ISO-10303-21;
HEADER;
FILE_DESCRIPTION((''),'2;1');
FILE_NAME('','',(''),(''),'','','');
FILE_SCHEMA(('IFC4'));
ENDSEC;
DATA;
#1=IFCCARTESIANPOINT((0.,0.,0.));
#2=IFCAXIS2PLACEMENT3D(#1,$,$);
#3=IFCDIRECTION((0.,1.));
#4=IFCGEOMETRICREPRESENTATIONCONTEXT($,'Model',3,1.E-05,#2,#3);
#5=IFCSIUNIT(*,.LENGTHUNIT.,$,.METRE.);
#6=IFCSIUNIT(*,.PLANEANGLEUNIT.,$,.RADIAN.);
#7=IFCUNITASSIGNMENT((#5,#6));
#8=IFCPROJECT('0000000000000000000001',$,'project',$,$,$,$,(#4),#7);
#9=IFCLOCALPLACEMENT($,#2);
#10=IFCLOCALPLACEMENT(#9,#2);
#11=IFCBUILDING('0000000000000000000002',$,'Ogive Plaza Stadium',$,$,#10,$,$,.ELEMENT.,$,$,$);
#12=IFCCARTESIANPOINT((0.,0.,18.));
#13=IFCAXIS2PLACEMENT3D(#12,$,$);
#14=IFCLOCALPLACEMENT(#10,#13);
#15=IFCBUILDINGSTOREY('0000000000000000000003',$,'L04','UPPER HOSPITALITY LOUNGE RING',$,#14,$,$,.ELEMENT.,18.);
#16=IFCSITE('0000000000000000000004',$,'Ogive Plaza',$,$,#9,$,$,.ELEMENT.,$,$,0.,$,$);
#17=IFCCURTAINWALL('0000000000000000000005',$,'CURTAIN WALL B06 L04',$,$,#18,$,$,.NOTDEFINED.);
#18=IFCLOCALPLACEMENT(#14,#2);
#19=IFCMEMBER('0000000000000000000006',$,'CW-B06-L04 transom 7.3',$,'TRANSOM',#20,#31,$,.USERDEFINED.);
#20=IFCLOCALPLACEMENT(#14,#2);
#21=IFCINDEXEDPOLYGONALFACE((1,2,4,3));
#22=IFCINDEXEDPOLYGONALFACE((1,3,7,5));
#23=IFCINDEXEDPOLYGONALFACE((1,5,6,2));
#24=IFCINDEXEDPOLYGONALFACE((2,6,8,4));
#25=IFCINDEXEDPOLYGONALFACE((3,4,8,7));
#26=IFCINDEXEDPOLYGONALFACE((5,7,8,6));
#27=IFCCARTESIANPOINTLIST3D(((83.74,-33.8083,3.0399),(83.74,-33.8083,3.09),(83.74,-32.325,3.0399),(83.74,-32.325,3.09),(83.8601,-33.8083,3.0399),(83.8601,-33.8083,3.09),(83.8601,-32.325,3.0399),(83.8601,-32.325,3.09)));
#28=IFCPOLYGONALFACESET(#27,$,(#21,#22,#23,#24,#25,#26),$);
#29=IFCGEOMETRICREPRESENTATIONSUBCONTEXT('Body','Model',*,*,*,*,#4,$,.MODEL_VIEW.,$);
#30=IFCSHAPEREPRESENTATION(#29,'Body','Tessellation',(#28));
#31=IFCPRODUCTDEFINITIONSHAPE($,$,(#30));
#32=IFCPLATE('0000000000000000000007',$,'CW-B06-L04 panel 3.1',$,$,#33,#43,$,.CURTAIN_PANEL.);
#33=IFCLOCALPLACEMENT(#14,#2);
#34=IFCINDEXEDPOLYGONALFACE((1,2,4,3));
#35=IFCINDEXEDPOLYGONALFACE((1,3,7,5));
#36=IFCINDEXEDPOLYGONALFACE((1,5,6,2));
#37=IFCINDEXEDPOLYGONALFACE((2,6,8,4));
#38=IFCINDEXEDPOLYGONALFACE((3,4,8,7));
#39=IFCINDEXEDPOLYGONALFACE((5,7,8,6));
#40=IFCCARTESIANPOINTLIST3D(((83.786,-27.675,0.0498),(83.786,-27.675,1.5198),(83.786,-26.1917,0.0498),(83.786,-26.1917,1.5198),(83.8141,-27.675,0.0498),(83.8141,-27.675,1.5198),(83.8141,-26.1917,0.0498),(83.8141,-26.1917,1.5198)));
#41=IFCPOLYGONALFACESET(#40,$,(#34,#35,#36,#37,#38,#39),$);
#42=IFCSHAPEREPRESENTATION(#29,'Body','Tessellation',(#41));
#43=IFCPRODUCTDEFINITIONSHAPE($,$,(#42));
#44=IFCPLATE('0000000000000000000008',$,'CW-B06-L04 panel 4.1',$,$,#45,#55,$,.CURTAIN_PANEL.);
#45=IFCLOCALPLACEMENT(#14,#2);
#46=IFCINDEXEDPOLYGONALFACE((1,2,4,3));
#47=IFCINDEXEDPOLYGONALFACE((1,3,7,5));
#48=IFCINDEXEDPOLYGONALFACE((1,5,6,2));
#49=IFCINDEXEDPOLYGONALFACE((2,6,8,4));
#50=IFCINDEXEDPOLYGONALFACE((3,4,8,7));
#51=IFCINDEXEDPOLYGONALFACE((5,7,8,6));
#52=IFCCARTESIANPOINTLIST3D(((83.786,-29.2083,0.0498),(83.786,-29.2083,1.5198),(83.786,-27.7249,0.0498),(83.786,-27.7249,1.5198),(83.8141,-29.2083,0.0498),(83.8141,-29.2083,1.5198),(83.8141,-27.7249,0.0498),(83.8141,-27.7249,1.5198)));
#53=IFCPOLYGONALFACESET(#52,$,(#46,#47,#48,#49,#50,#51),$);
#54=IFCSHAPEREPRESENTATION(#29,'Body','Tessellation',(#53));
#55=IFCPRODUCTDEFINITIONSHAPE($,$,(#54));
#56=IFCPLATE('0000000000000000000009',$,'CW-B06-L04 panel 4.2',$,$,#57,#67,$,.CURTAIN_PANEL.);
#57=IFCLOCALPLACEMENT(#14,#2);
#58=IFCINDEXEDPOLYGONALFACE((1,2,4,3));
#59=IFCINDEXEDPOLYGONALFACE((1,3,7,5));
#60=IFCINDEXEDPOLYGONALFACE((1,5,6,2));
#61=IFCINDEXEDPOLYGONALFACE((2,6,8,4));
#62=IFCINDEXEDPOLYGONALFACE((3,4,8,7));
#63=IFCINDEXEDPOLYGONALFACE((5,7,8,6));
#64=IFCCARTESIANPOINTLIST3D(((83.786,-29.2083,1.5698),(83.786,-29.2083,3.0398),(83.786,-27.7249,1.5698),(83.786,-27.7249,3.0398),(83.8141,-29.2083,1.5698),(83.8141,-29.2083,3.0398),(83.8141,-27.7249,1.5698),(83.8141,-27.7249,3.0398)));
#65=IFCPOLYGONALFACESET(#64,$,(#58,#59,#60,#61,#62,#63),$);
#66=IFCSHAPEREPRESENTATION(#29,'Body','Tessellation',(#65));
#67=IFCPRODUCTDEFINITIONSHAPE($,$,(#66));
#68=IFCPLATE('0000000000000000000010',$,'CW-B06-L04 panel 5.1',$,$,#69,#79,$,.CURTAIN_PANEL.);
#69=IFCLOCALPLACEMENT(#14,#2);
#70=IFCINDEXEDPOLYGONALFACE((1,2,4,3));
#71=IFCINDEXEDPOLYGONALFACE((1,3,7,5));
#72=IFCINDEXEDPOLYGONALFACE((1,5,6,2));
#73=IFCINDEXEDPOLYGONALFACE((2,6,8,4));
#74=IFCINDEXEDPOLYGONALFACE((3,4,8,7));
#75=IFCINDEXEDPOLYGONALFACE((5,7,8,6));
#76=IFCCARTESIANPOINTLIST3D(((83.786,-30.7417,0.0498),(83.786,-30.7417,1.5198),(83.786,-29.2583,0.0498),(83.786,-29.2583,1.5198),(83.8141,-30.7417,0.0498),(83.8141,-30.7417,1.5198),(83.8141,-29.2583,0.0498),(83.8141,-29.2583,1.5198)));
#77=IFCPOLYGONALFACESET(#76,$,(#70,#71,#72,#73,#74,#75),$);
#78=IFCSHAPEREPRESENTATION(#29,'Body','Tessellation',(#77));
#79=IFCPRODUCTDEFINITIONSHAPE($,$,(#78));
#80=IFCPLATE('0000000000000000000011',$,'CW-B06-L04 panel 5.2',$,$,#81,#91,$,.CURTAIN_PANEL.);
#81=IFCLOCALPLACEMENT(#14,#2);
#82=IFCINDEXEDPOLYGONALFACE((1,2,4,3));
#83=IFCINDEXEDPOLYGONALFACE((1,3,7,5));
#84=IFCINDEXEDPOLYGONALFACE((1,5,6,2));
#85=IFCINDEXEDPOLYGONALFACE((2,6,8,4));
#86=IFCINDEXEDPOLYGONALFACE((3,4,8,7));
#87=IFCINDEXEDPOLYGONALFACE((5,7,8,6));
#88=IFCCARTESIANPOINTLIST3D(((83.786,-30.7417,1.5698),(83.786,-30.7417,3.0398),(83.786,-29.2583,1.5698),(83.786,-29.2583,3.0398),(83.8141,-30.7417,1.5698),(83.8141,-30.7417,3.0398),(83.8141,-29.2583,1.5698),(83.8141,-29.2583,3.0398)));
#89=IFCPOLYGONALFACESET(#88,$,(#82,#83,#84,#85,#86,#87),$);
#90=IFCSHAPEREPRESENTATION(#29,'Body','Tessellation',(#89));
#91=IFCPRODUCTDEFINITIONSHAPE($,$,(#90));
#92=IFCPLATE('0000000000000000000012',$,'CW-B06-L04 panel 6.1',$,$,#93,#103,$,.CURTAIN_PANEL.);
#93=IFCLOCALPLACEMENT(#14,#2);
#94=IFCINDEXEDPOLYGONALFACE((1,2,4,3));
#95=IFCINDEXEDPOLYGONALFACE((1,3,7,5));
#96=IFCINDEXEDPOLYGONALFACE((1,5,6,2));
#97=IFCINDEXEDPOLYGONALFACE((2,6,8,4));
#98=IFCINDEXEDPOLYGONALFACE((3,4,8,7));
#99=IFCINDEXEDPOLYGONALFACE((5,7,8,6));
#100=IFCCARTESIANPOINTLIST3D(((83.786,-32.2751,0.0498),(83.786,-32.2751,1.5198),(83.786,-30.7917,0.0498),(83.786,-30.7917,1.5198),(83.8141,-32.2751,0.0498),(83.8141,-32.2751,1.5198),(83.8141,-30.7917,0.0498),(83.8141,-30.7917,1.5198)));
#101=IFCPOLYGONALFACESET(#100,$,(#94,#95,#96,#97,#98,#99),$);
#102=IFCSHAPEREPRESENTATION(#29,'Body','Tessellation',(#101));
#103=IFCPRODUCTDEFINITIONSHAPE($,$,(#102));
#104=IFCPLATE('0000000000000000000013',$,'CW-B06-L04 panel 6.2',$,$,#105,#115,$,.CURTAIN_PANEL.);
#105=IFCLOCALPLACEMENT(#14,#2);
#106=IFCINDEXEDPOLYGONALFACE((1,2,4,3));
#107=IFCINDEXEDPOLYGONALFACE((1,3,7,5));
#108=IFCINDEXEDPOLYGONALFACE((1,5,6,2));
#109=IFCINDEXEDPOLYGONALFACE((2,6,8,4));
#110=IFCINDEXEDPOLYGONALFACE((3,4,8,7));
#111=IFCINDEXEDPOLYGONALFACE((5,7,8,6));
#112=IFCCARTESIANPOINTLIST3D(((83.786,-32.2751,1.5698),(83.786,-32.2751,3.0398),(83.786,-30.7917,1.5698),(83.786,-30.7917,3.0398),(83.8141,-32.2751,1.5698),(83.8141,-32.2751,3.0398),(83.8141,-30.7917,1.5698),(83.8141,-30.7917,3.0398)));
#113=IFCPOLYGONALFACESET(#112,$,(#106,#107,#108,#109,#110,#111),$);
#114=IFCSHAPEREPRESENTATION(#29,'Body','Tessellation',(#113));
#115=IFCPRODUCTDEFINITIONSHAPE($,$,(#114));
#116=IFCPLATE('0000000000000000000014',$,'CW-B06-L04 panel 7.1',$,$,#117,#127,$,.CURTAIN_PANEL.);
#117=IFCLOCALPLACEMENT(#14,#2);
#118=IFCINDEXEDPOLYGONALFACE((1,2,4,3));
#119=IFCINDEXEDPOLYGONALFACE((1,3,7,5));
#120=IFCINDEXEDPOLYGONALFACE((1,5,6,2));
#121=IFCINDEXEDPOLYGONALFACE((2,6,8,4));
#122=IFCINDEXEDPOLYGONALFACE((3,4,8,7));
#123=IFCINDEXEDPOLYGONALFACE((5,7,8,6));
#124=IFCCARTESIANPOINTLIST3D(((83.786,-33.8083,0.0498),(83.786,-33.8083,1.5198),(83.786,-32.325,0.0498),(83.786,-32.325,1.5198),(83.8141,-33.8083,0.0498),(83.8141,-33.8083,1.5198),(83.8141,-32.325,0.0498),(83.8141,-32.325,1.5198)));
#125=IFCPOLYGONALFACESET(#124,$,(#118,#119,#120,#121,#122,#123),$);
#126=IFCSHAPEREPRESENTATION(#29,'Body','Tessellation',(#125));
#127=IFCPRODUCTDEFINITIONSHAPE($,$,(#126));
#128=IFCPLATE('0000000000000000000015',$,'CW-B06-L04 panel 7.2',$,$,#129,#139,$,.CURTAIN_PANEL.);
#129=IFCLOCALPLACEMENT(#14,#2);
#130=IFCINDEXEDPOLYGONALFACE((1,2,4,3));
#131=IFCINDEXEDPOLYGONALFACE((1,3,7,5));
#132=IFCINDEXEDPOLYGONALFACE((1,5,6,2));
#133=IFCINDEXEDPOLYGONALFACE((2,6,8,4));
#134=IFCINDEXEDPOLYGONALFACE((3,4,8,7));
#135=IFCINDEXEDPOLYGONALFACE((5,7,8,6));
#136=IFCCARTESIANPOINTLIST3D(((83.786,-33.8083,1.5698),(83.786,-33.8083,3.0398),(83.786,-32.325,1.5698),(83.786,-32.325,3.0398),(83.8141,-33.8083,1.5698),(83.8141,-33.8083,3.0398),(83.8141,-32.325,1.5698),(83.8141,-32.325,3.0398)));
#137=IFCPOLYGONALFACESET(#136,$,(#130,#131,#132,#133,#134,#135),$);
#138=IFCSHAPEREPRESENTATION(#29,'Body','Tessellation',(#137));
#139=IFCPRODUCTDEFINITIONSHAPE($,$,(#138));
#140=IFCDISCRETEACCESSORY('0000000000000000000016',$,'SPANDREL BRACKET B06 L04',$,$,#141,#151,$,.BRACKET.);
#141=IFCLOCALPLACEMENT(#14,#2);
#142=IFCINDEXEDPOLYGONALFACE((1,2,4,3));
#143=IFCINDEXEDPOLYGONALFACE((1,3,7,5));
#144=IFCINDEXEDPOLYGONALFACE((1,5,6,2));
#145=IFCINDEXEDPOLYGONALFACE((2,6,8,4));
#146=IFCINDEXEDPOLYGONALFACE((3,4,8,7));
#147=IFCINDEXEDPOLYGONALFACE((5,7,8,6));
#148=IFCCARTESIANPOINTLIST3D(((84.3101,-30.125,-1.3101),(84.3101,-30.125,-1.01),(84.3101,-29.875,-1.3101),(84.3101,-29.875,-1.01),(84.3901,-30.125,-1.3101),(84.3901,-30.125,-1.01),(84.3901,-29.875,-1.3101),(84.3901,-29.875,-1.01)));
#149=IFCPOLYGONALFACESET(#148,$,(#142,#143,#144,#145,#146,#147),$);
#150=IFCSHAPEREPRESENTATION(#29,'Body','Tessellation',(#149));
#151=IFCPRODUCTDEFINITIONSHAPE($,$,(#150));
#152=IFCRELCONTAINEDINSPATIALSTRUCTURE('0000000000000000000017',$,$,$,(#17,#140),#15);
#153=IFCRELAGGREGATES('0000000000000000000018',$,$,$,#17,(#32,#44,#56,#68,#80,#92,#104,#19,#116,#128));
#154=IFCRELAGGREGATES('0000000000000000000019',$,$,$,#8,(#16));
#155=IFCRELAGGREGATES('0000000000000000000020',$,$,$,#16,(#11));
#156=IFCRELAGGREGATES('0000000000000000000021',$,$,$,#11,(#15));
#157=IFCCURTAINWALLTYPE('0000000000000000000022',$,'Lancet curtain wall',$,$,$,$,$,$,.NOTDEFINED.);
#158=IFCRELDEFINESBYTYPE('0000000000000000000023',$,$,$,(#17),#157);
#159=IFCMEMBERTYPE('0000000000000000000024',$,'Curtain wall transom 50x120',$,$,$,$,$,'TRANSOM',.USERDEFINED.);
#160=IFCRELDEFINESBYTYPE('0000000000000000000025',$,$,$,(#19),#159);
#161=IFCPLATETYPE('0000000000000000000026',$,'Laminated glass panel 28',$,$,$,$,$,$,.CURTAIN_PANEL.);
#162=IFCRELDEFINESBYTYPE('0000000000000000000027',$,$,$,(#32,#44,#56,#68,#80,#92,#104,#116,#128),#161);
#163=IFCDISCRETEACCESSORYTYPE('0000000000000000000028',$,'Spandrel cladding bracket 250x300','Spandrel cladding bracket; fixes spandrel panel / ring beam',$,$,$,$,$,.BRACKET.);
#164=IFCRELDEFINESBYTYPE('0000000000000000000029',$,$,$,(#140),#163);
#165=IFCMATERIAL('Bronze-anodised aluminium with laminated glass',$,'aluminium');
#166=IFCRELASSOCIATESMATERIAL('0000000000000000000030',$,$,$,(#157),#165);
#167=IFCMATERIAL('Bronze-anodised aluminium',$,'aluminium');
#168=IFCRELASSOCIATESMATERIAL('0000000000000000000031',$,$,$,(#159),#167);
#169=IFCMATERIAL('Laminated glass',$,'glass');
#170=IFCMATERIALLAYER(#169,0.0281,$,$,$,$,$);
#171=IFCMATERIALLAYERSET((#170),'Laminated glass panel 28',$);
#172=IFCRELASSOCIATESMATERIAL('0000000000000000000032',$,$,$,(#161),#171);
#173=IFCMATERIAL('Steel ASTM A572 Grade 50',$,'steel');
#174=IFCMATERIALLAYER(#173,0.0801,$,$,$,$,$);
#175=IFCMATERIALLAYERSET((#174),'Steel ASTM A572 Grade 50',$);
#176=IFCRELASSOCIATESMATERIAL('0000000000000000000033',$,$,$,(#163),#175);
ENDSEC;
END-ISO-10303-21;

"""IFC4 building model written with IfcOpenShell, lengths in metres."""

from ifc_helpers import new_model, si_unit, direction, frame, origin, origin_2d, place, context, subcontext, project, spatial, rectangle, extrude, material, layer, layer_set, material_profile, profile_set, type_object, element, aggregate, save


model = new_model("IFC4")

# Units and contexts
model_context = context("Model", 3, precision=1e-05, world=origin(), true_north=direction((0.0, 1.0)))
body_context = subcontext(model_context, "Body", "Model", "MODEL_VIEW")
ifc_project = project(units=[si_unit("LENGTHUNIT", "METRE"), si_unit("PLANEANGLEUNIT", "RADIAN")], contexts=[model_context])

# Site, building, storey
site_placement = place(None, origin())
site = spatial("IfcSite", under=ifc_project, at=site_placement, Name="Ogive Plaza", CompositionType="ELEMENT", RefElevation=0.0)
building_placement = place(site_placement, origin())
building = spatial("IfcBuilding", under=site, at=building_placement, Name="Ogive Plaza Stadium", CompositionType="ELEMENT")
storey_placement = place(building_placement, frame((0.0, 0.0, 18.0)))
storey = spatial("IfcBuildingStorey", under=building, at=storey_placement, Name="L04", Description="UPPER HOSPITALITY LOUNGE RING", CompositionType="ELEMENT", Elevation=18.0)

# Curtain wall, member, plates
ifc_material_1 = material(Name="Bronze-anodised aluminium with laminated glass", Category="aluminium")
curtain_wall_type = type_object("IfcCurtainWallType", Name="Lancet curtain wall", PredefinedType="NOTDEFINED", material=ifc_material_1)
curtain_wall_placement = place(storey_placement, origin())
curtain_wall = element("IfcCurtainWall", 1, at=curtain_wall_placement, inside=storey, type_object=curtain_wall_type, Name="CURTAIN WALL B06 L04", PredefinedType="NOTDEFINED")
ifc_material_2 = material(Name="Bronze-anodised aluminium", Category="aluminium")
ifc_material_profile_1 = material_profile(ifc_material_2, rectangle(XDim=0.1201, YDim=0.05, at=origin_2d()), Name="AL 120x50")
ifc_profile_set_1 = profile_set([ifc_material_profile_1], Name="Bronze-anodised aluminium")
member_type_1 = type_object("IfcMemberType", Name="Curtain wall transom 50x120", ElementType="TRANSOM", PredefinedType="USERDEFINED", material=ifc_profile_set_1)
member_1_placement = place(storey_placement, frame((83.8, -32.325, 3.0649), z_axis=(0.0, -1.0, 0.0), x_axis=(1.0, 0.0, 0.0)))
member_1 = element("IfcMember", 2, at=member_1_placement, type_object=member_type_1, Name="CW-B06-L04 transom 7.3", ObjectType="TRANSOM", PredefinedType="USERDEFINED", context=body_context, shape_type="SweptSolid", body=[
    extrude(rectangle(XDim=0.1201, YDim=0.05, at=origin_2d()), origin(), (0.0, 0.0, 1.0), 1.4834),
])
ifc_material_3 = material(Name="Laminated glass", Category="glass")
ifc_layer_1 = layer(ifc_material_3, 0.0281)
ifc_layer_set_1 = layer_set([ifc_layer_1], Name="Laminated glass panel 28")
plate_type = type_object("IfcPlateType", Name="Laminated glass panel 28", PredefinedType="CURTAIN_PANEL", material=ifc_layer_set_1)
plate_1_placement = place(storey_placement, frame((83.8, -26.9333, 0.0498), z_axis=(0.0, 0.0, 1.0), x_axis=(0.0, -1.0, 0.0)))
plate_1 = element("IfcPlate", 3, at=plate_1_placement, type_object=plate_type, Name="CW-B06-L04 panel 3.1", PredefinedType="CURTAIN_PANEL", context=body_context, shape_type="SweptSolid", body=[
    extrude(rectangle(XDim=1.4834, YDim=0.0281, at=origin_2d()), origin(), (0.0, 0.0, 1.0), 1.47),
])
plate_2_placement = place(storey_placement, frame((83.8, -28.4666, 0.0498), z_axis=(0.0, 0.0, 1.0), x_axis=(0.0, -1.0, 0.0)))
plate_2 = element("IfcPlate", 4, at=plate_2_placement, type_object=plate_type, Name="CW-B06-L04 panel 4.1", PredefinedType="CURTAIN_PANEL", context=body_context, shape_type="SweptSolid", body=[
    extrude(rectangle(XDim=1.4834, YDim=0.0281, at=origin_2d()), origin(), (0.0, 0.0, 1.0), 1.47),
])
plate_3_placement = place(storey_placement, frame((83.8, -28.4666, 1.5698), z_axis=(0.0, 0.0, 1.0), x_axis=(0.0, -1.0, 0.0)))
plate_3 = element("IfcPlate", 5, at=plate_3_placement, type_object=plate_type, Name="CW-B06-L04 panel 4.2", PredefinedType="CURTAIN_PANEL", context=body_context, shape_type="SweptSolid", body=[
    extrude(rectangle(XDim=1.4834, YDim=0.0281, at=origin_2d()), origin(), (0.0, 0.0, 1.0), 1.47),
])
plate_4_placement = place(storey_placement, frame((83.8, -30.0, 0.0498), z_axis=(0.0, 0.0, 1.0), x_axis=(0.0, -1.0, 0.0)))
plate_4 = element("IfcPlate", 6, at=plate_4_placement, type_object=plate_type, Name="CW-B06-L04 panel 5.1", PredefinedType="CURTAIN_PANEL", context=body_context, shape_type="SweptSolid", body=[
    extrude(rectangle(XDim=1.4834, YDim=0.0281, at=origin_2d()), origin(), (0.0, 0.0, 1.0), 1.47),
])
plate_5_placement = place(storey_placement, frame((83.8, -30.0, 1.5698), z_axis=(0.0, 0.0, 1.0), x_axis=(0.0, -1.0, 0.0)))
plate_5 = element("IfcPlate", 7, at=plate_5_placement, type_object=plate_type, Name="CW-B06-L04 panel 5.2", PredefinedType="CURTAIN_PANEL", context=body_context, shape_type="SweptSolid", body=[
    extrude(rectangle(XDim=1.4834, YDim=0.0281, at=origin_2d()), origin(), (0.0, 0.0, 1.0), 1.47),
])
plate_6_placement = place(storey_placement, frame((83.8, -31.5334, 0.0498), z_axis=(0.0, 0.0, 1.0), x_axis=(0.0, -1.0, 0.0)))
plate_6 = element("IfcPlate", 8, at=plate_6_placement, type_object=plate_type, Name="CW-B06-L04 panel 6.1", PredefinedType="CURTAIN_PANEL", context=body_context, shape_type="SweptSolid", body=[
    extrude(rectangle(XDim=1.4834, YDim=0.0281, at=origin_2d()), origin(), (0.0, 0.0, 1.0), 1.47),
])
plate_7_placement = place(storey_placement, frame((83.8, -31.5334, 1.5698), z_axis=(0.0, 0.0, 1.0), x_axis=(0.0, -1.0, 0.0)))
plate_7 = element("IfcPlate", 9, at=plate_7_placement, type_object=plate_type, Name="CW-B06-L04 panel 6.2", PredefinedType="CURTAIN_PANEL", context=body_context, shape_type="SweptSolid", body=[
    extrude(rectangle(XDim=1.4834, YDim=0.0281, at=origin_2d()), origin(), (0.0, 0.0, 1.0), 1.47),
])
plate_8_placement = place(storey_placement, frame((83.8, -33.0667, 0.0498), z_axis=(0.0, 0.0, 1.0), x_axis=(0.0, -1.0, 0.0)))
plate_8 = element("IfcPlate", 10, at=plate_8_placement, type_object=plate_type, Name="CW-B06-L04 panel 7.1", PredefinedType="CURTAIN_PANEL", context=body_context, shape_type="SweptSolid", body=[
    extrude(rectangle(XDim=1.4834, YDim=0.0281, at=origin_2d()), origin(), (0.0, 0.0, 1.0), 1.47),
])
plate_9_placement = place(storey_placement, frame((83.8, -33.0667, 1.5698), z_axis=(0.0, 0.0, 1.0), x_axis=(0.0, -1.0, 0.0)))
plate_9 = element("IfcPlate", 11, at=plate_9_placement, type_object=plate_type, Name="CW-B06-L04 panel 7.2", PredefinedType="CURTAIN_PANEL", context=body_context, shape_type="SweptSolid", body=[
    extrude(rectangle(XDim=1.4834, YDim=0.0281, at=origin_2d()), origin(), (0.0, 0.0, 1.0), 1.47),
])
aggregate(curtain_wall, [plate_1, plate_2, plate_3, plate_4, plate_5, plate_6, plate_7, member_1, plate_8, plate_9])

# Discrete accessory
ifc_material_4 = material(Name="Steel ASTM A572 Grade 50", Category="steel")
ifc_layer_2 = layer(ifc_material_4, 0.0801)
ifc_layer_set_2 = layer_set([ifc_layer_2], Name="Steel ASTM A572 Grade 50")
discrete_accessory_type = type_object("IfcDiscreteAccessoryType", Name="Spandrel cladding bracket 250x300", Description="Spandrel cladding bracket; fixes spandrel panel / ring beam", PredefinedType="BRACKET", material=ifc_layer_set_2)
discrete_accessory_placement = place(storey_placement, frame((84.3501, -30.0, -1.3101), z_axis=(0.0, 0.0, 1.0), x_axis=(0.0, -1.0, 0.0)))
element("IfcDiscreteAccessory", 12, at=discrete_accessory_placement, inside=storey, type_object=discrete_accessory_type, Name="SPANDREL BRACKET B06 L04", PredefinedType="BRACKET", context=body_context, shape_type="SweptSolid", body=[
    extrude(rectangle(XDim=0.25, YDim=0.0801, at=origin_2d()), origin(), (0.0, 0.0, 1.0), 0.3),
])

save(model, "model.ifc")
